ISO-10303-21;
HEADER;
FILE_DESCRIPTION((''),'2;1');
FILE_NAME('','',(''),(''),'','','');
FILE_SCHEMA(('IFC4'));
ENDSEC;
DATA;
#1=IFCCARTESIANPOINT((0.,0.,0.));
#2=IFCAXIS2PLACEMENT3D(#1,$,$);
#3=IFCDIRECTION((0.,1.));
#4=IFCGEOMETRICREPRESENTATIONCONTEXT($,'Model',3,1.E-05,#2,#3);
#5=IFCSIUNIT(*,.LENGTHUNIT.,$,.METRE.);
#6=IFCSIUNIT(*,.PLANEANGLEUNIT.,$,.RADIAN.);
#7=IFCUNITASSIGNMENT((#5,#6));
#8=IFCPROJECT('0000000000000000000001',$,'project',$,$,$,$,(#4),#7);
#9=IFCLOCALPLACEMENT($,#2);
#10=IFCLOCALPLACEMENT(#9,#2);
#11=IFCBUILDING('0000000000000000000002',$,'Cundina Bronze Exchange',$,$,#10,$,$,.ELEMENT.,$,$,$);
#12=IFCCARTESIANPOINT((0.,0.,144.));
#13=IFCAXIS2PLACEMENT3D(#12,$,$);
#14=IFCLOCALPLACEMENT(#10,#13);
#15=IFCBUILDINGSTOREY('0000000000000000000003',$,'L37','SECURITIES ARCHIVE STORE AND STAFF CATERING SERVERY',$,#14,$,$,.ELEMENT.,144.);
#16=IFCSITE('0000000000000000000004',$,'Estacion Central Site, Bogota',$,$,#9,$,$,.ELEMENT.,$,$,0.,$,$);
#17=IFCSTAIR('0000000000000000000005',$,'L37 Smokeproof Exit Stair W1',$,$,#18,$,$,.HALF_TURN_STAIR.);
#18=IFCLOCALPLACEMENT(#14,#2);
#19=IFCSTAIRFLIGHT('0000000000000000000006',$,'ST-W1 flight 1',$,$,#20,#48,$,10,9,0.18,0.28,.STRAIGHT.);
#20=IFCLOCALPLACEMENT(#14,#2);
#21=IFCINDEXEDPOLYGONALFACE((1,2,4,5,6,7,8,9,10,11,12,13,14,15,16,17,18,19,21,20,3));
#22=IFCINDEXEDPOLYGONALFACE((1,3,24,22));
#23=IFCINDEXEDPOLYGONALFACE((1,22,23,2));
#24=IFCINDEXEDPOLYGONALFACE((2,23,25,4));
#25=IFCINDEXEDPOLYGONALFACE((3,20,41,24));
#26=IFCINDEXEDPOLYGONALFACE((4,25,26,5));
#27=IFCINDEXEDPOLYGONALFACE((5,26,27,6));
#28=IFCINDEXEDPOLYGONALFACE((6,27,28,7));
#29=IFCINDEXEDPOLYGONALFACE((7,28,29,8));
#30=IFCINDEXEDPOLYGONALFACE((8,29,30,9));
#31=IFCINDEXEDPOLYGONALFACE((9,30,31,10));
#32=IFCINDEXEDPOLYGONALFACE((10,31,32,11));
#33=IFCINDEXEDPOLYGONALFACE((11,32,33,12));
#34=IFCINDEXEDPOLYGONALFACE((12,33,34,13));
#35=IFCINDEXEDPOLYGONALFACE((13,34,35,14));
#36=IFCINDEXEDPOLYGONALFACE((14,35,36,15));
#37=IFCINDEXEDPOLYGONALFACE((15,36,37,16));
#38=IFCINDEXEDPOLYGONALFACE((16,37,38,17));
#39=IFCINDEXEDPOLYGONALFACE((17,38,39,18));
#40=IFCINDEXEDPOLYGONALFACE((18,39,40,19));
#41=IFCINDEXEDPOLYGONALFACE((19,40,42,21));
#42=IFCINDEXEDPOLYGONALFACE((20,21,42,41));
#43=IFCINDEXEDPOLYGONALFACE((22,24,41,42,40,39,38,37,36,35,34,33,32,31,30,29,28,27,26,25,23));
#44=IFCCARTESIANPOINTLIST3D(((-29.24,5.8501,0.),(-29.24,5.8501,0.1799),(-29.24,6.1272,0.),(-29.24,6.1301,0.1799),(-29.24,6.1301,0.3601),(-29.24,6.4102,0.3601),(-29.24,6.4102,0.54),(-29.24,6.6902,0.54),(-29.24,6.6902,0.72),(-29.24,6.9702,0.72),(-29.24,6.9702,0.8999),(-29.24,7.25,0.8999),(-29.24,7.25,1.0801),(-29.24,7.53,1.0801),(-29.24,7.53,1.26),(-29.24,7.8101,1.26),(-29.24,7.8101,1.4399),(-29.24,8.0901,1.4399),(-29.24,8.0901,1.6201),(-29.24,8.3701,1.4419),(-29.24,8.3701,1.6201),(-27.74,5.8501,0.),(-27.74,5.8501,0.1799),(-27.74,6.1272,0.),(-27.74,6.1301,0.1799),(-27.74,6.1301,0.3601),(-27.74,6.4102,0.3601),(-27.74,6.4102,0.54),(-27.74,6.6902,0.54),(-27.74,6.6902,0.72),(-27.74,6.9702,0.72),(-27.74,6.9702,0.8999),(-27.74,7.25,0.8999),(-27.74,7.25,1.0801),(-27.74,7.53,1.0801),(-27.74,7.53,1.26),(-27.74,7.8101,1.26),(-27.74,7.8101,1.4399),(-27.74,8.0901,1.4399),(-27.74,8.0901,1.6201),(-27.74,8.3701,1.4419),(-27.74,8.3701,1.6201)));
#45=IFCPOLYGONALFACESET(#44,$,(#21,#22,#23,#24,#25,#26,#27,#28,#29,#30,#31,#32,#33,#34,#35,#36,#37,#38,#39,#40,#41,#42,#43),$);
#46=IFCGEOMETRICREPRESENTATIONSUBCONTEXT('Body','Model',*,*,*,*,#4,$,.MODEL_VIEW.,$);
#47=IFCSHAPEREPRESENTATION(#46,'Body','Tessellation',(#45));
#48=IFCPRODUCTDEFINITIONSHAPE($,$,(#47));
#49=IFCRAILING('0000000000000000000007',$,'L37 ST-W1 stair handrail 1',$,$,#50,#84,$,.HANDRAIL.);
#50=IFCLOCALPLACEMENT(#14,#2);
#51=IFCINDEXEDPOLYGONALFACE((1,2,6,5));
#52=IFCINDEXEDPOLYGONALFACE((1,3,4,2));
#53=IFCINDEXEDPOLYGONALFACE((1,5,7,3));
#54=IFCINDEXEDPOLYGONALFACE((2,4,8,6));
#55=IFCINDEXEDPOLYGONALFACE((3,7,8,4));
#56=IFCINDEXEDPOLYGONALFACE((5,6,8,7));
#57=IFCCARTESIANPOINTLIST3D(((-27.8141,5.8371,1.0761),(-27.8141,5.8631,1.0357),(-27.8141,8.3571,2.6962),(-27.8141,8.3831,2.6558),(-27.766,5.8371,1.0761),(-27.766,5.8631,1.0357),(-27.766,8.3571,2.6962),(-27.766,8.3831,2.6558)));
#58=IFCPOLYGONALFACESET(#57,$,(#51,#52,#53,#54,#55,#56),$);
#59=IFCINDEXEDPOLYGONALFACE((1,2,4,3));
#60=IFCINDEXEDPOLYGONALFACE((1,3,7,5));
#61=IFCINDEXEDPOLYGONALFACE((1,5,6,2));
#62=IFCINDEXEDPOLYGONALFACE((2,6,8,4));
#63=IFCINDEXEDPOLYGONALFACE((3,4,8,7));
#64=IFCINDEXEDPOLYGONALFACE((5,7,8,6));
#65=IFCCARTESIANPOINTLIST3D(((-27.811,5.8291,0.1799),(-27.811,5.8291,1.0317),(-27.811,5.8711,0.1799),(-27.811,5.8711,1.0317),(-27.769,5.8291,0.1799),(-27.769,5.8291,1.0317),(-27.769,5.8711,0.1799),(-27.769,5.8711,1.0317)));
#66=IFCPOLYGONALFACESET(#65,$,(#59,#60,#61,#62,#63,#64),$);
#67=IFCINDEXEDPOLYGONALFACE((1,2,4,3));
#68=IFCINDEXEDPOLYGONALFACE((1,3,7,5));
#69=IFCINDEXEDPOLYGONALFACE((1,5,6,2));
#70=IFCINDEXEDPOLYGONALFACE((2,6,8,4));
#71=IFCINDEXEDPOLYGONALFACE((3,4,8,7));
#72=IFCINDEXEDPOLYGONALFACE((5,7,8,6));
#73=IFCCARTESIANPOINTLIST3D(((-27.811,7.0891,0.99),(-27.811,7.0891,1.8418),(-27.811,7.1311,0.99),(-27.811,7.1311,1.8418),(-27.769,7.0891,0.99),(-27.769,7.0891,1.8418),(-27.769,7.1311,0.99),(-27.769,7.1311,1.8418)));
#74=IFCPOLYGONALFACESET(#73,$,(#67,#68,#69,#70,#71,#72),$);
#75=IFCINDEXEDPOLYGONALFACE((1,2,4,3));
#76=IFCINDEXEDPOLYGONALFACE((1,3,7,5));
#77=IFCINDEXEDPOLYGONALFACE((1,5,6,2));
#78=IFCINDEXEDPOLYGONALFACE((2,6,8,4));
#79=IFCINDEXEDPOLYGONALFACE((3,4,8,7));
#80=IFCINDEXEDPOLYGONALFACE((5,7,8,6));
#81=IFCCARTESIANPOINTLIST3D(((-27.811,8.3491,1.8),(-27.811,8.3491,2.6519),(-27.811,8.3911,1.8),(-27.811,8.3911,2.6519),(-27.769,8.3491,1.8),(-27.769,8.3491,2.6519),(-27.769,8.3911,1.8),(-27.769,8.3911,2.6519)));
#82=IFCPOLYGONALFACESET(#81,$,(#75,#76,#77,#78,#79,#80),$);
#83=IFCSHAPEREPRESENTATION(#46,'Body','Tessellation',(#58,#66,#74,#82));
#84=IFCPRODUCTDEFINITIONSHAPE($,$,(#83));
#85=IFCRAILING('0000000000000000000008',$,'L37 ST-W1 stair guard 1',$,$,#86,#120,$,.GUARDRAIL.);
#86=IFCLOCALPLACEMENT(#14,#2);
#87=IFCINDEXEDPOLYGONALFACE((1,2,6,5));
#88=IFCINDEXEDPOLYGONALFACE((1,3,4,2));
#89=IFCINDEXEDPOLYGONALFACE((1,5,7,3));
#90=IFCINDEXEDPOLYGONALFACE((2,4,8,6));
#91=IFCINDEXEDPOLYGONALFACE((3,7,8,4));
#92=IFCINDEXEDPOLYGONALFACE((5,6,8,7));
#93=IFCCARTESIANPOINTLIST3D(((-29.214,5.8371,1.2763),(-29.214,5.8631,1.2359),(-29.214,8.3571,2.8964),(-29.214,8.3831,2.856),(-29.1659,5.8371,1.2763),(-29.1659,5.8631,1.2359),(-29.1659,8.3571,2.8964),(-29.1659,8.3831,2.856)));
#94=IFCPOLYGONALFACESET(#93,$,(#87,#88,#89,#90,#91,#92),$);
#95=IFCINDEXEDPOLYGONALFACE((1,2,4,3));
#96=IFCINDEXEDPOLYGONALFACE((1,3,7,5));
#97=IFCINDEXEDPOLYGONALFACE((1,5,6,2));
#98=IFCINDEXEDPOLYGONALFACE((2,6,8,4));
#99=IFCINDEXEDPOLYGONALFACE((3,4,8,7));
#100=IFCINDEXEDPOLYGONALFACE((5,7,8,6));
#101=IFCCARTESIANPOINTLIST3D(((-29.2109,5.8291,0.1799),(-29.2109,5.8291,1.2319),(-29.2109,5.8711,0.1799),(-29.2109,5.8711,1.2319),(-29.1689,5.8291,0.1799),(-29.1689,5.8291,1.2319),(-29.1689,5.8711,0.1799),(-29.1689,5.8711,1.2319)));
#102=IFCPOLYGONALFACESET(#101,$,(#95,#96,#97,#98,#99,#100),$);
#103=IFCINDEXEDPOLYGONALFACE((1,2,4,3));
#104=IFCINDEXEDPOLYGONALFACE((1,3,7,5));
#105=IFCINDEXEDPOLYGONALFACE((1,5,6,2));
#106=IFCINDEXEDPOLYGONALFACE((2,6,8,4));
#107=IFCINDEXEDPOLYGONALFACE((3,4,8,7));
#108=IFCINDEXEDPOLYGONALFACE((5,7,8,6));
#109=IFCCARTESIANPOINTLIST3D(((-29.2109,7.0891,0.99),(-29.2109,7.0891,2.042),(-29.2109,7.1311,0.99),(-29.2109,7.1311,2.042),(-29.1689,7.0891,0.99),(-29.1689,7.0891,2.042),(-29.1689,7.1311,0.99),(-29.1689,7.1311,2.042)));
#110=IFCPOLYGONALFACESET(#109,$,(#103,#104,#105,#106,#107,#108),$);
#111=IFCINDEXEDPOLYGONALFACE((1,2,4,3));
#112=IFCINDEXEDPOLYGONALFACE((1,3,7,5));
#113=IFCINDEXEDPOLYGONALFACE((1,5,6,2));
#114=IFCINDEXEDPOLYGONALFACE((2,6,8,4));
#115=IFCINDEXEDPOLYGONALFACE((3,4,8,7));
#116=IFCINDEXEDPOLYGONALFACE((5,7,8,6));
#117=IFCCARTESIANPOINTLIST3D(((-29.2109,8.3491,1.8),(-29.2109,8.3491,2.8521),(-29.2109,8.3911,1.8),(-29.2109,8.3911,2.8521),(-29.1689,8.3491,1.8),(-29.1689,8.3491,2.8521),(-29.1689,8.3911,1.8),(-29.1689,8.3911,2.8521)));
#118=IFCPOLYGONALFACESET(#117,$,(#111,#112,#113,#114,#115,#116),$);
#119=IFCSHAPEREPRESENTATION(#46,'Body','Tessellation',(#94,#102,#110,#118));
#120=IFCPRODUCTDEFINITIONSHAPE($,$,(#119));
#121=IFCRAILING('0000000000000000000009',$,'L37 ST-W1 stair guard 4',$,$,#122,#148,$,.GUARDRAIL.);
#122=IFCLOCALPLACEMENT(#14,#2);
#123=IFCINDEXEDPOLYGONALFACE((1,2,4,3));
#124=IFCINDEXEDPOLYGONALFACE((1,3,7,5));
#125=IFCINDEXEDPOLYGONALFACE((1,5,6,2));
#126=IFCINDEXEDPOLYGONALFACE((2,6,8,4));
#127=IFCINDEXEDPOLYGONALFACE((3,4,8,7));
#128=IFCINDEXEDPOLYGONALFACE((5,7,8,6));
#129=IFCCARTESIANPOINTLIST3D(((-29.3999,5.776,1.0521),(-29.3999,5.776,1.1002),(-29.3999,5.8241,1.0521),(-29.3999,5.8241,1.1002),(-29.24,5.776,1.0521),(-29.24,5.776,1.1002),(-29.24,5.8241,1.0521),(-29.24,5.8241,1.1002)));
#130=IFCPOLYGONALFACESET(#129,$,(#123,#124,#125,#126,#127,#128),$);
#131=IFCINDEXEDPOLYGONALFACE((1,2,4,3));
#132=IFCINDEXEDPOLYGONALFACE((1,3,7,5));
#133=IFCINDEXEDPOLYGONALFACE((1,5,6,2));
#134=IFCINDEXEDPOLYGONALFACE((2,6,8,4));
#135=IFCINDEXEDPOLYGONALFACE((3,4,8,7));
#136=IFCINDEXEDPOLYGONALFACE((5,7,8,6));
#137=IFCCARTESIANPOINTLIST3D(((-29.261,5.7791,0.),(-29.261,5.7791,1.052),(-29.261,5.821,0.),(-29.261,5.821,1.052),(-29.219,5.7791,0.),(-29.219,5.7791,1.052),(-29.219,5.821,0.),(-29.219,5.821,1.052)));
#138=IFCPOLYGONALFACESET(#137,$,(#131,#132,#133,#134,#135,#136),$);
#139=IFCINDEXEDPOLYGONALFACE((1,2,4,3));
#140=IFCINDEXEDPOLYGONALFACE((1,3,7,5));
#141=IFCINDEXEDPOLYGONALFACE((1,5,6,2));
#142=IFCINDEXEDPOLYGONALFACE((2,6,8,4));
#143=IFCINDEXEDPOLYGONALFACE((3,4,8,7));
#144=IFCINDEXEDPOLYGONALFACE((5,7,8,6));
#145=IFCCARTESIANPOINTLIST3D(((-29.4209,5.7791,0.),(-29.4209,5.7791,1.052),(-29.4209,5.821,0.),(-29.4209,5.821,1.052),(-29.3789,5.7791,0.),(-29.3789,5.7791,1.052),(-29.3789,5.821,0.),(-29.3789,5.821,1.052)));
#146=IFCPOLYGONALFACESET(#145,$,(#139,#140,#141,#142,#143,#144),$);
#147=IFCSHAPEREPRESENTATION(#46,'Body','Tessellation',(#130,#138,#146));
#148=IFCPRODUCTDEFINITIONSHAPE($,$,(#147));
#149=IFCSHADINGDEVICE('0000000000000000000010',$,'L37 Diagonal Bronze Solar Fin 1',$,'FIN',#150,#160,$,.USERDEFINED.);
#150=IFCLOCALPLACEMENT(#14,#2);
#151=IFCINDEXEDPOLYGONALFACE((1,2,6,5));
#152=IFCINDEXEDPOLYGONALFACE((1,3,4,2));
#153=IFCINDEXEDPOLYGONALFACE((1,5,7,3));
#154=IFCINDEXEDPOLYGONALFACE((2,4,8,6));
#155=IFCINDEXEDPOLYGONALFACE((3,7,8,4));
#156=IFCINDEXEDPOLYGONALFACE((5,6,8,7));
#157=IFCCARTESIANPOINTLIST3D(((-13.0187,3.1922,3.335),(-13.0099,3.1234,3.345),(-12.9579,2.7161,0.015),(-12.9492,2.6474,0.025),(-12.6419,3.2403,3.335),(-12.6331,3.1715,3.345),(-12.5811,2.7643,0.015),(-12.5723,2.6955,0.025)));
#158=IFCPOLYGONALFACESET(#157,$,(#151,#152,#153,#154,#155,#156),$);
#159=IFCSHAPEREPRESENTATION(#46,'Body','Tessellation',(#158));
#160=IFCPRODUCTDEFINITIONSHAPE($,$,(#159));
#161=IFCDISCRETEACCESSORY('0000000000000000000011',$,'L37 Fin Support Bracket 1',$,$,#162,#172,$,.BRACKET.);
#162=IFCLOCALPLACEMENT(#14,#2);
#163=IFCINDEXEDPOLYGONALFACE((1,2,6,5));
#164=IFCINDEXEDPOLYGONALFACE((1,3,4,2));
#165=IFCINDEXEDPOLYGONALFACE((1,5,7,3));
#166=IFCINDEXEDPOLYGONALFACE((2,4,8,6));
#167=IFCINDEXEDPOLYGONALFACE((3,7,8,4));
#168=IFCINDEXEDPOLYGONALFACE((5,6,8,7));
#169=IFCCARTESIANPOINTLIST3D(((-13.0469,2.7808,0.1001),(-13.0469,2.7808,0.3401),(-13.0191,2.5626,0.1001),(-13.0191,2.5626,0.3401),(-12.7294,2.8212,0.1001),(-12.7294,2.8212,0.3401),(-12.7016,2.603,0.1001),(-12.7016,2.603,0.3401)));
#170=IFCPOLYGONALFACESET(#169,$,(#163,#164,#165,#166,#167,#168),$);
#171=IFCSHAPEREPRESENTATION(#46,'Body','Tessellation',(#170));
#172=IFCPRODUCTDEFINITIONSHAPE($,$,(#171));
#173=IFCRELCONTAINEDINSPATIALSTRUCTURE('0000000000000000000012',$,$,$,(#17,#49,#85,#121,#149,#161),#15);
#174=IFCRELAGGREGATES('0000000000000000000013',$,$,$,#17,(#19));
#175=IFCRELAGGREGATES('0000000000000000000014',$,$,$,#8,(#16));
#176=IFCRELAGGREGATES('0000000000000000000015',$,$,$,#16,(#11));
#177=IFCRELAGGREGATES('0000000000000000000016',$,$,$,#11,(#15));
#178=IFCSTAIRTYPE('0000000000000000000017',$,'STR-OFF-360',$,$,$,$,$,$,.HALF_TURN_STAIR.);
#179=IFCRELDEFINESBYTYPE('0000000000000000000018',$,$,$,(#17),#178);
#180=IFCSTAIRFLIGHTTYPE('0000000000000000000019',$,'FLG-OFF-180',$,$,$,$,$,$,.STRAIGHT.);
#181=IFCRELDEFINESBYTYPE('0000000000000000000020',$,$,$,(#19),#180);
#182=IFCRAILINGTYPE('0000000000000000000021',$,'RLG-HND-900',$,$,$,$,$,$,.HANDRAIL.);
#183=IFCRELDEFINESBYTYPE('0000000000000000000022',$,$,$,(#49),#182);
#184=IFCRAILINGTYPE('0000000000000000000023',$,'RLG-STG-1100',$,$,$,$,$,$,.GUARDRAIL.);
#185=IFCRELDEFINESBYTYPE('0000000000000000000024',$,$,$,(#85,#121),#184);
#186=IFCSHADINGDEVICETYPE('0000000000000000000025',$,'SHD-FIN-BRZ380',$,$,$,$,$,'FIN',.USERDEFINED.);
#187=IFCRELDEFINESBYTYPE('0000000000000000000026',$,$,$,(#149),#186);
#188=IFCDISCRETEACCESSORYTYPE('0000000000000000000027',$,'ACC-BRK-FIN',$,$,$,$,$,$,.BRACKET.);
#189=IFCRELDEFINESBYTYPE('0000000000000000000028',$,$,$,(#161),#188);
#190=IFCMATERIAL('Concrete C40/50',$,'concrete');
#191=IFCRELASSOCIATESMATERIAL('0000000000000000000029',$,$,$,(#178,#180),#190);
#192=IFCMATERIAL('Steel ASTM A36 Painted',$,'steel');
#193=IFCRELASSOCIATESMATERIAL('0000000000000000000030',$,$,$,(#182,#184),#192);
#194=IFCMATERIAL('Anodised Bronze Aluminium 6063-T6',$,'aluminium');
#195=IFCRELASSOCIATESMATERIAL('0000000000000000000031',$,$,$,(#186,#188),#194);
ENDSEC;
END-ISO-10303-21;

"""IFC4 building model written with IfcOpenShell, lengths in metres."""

from ifc_helpers import new_model, si_unit, direction, frame, origin, origin_2d, place, context, subcontext, project, spatial, polyline, rectangle, outline, extrude, material, material_profile, profile_set, type_object, element, aggregate, save


model = new_model("IFC4")

# Units and contexts
model_context = context("Model", 3, precision=1e-05, world=origin(), true_north=direction((0.0, 1.0)))
body_context = subcontext(model_context, "Body", "Model", "MODEL_VIEW")
ifc_project = project(units=[si_unit("LENGTHUNIT", "METRE"), si_unit("PLANEANGLEUNIT", "RADIAN")], contexts=[model_context])

# Site, building, storey
site_placement = place(None, origin())
site = spatial("IfcSite", under=ifc_project, at=site_placement, Name="Estacion Central Site, Bogota", CompositionType="ELEMENT", RefElevation=0.0)
building_placement = place(site_placement, origin())
building = spatial("IfcBuilding", under=site, at=building_placement, Name="Cundina Bronze Exchange", CompositionType="ELEMENT")
storey_placement = place(building_placement, frame((0.0, 0.0, 144.0)))
storey = spatial("IfcBuildingStorey", under=building, at=storey_placement, Name="L37", Description="SECURITIES ARCHIVE STORE AND STAFF CATERING SERVERY", CompositionType="ELEMENT", Elevation=144.0)

# Shared definitions
ifc_material_1 = material(Name="Anodised Bronze Aluminium 6063-T6", Category="aluminium")

# Shared definitions
ifc_material_2 = material(Name="Steel ASTM A36 Painted", Category="steel")

# Stair, stair flight
ifc_material_3 = material(Name="Concrete C40/50", Category="concrete")
stair_type = type_object("IfcStairType", Name="STR-OFF-360", PredefinedType="HALF_TURN_STAIR", material=ifc_material_3)
stair_placement = place(storey_placement, origin())
stair = element("IfcStair", 1, at=stair_placement, inside=storey, type_object=stair_type, Name="L37 Smokeproof Exit Stair W1", PredefinedType="HALF_TURN_STAIR")
stair_flight_type = type_object("IfcStairFlightType", Name="FLG-OFF-180", PredefinedType="STRAIGHT", material=ifc_material_3)
stair_flight_placement = place(storey_placement, frame((-28.49, 5.8501, 0.0), z_axis=(0.0, 0.0, 1.0), x_axis=(0.0, 1.0, 0.0)))
stair_flight = element("IfcStairFlight", 2, at=stair_flight_placement, type_object=stair_flight_type, Name="ST-W1 flight 1", NumberOfRisers=10, NumberOfTreads=9, PredefinedType="STRAIGHT", RiserHeight=0.18, TreadLength=0.28, context=body_context, shape_type="SweptSolid", body=[
    extrude(outline(polyline([(0.0, 0.0), (0.0, 0.1799), (0.28, 0.1799), (0.28, 0.3601), (0.5601, 0.3601), (0.5601, 0.54), (0.8401, 0.54), (0.8401, 0.72), (1.1201, 0.72), (1.1201, 0.8999), (1.3999, 0.8999), (1.3999, 1.0801), (1.6799, 1.0801), (1.6799, 1.26), (1.96, 1.26), (1.96, 1.4399), (2.24, 1.4399), (2.24, 1.6201), (2.52, 1.6201), (2.52, 1.8), (2.52, 1.4419), (0.2771, 0.0), (0.0, 0.0)])), frame((0.0, 0.75, 0.0), z_axis=(0.0, -1.0, 0.0), x_axis=(1.0, 0.0, 0.0)), (0.0, 0.0, 1.0), 1.5),
])
aggregate(stair, [stair_flight])

# Railings
railing_type_1 = type_object("IfcRailingType", Name="RLG-HND-900", PredefinedType="HANDRAIL", material=ifc_material_2)
railing_1_placement = place(storey_placement, frame((-27.79, 5.8501, 0.1799)))
element("IfcRailing", 3, at=railing_1_placement, inside=storey, type_object=railing_type_1, Name="L37 ST-W1 stair handrail 1", PredefinedType="HANDRAIL", context=body_context, shape_type="SweptSolid", body=[
    extrude(rectangle(XDim=0.0481, YDim=0.0481, at=origin_2d()), frame((0.0, 0.0, 0.876), z_axis=(0.0, 0.841163, 0.540782), x_axis=(-1.0, 0.0, 0.0)), (0.0, 0.0, 1.0), 2.9958),
    extrude(rectangle(XDim=0.042, YDim=0.042, at=origin_2d()), origin(), (0.0, 0.0, 1.0), 0.8518),
    extrude(rectangle(XDim=0.042, YDim=0.042, at=origin_2d()), frame((0.0, 1.26, 0.8101)), (0.0, 0.0, 1.0), 0.8518),
    extrude(rectangle(XDim=0.042, YDim=0.042, at=origin_2d()), frame((0.0, 2.52, 1.6201)), (0.0, 0.0, 1.0), 0.8518),
])
railing_type_2 = type_object("IfcRailingType", Name="RLG-STG-1100", PredefinedType="GUARDRAIL", material=ifc_material_2)
railing_2_placement = place(storey_placement, frame((-29.1899, 5.8501, 0.1799)))
element("IfcRailing", 4, at=railing_2_placement, inside=storey, type_object=railing_type_2, Name="L37 ST-W1 stair guard 1", PredefinedType="GUARDRAIL", context=body_context, shape_type="SweptSolid", body=[
    extrude(rectangle(XDim=0.0481, YDim=0.0481, at=origin_2d()), frame((0.0, 0.0, 1.0762), z_axis=(0.0, 0.841163, 0.540782), x_axis=(-1.0, 0.0, 0.0)), (0.0, 0.0, 1.0), 2.9958),
    extrude(rectangle(XDim=0.042, YDim=0.042, at=origin_2d()), origin(), (0.0, 0.0, 1.0), 1.052),
    extrude(rectangle(XDim=0.042, YDim=0.042, at=origin_2d()), frame((0.0, 1.26, 0.8101)), (0.0, 0.0, 1.0), 1.052),
    extrude(rectangle(XDim=0.042, YDim=0.042, at=origin_2d()), frame((0.0, 2.52, 1.6201)), (0.0, 0.0, 1.0), 1.052),
])
railing_3_placement = place(storey_placement, frame((-29.24, 5.8, 0.0)))
element("IfcRailing", 5, at=railing_3_placement, inside=storey, type_object=railing_type_2, Name="L37 ST-W1 stair guard 4", PredefinedType="GUARDRAIL", context=body_context, shape_type="SweptSolid", body=[
    extrude(rectangle(XDim=0.0481, YDim=0.0481, at=origin_2d()), frame((0.0, 0.0, 1.0762), z_axis=(-1.0, 0.0, 0.0), x_axis=(0.0, -1.0, 0.0)), (0.0, 0.0, 1.0), 0.1599),
    extrude(rectangle(XDim=0.042, YDim=0.042, at=origin_2d()), origin(), (0.0, 0.0, 1.0), 1.052),
    extrude(rectangle(XDim=0.042, YDim=0.042, at=origin_2d()), frame((-0.1599, 0.0, 0.0)), (0.0, 0.0, 1.0), 1.052),
])

# Shading device
ifc_material_profile_1 = material_profile(ifc_material_1, rectangle(XDim=0.0701, YDim=0.3799, at=origin_2d()), Name="FIN70X380", Category="aluminium")
ifc_profile_set_1 = profile_set([ifc_material_profile_1], Name="Anodised Bronze Aluminium 6063-T6")
shading_device_type = type_object("IfcShadingDeviceType", Name="SHD-FIN-BRZ380", ElementType="FIN", PredefinedType="USERDEFINED", material=ifc_profile_set_1)
shading_device_placement = place(storey_placement, frame((-12.7651, 2.7058, 0.02), z_axis=(-0.018122, 0.141918, 0.989713), x_axis=(0.125361, -0.981741, 0.14307)))
element("IfcShadingDevice", 6, at=shading_device_placement, inside=storey, type_object=shading_device_type, Name="L37 Diagonal Bronze Solar Fin 1", ObjectType="FIN", PredefinedType="USERDEFINED", context=body_context, shape_type="SweptSolid", body=[
    extrude(rectangle(XDim=0.0701, YDim=0.3799, at=origin_2d()), origin(), (0.0, 0.0, 1.0), 3.3545),
])

# Discrete accessory
discrete_accessory_type = type_object("IfcDiscreteAccessoryType", Name="ACC-BRK-FIN", PredefinedType="BRACKET", material=ifc_material_1)
discrete_accessory_placement = place(storey_placement, frame((-12.8743, 2.6919, 0.1001), z_axis=(0.0, 0.0, 1.0), x_axis=(-0.126476, 0.99197, 0.0)))
element("IfcDiscreteAccessory", 7, at=discrete_accessory_placement, inside=storey, type_object=discrete_accessory_type, Name="L37 Fin Support Bracket 1", PredefinedType="BRACKET", context=body_context, shape_type="SweptSolid", body=[
    extrude(rectangle(XDim=0.22, YDim=0.3201, at=origin_2d()), origin(), (0.0, 0.0, 1.0), 0.24),
])

save(model, "model.ifc")
